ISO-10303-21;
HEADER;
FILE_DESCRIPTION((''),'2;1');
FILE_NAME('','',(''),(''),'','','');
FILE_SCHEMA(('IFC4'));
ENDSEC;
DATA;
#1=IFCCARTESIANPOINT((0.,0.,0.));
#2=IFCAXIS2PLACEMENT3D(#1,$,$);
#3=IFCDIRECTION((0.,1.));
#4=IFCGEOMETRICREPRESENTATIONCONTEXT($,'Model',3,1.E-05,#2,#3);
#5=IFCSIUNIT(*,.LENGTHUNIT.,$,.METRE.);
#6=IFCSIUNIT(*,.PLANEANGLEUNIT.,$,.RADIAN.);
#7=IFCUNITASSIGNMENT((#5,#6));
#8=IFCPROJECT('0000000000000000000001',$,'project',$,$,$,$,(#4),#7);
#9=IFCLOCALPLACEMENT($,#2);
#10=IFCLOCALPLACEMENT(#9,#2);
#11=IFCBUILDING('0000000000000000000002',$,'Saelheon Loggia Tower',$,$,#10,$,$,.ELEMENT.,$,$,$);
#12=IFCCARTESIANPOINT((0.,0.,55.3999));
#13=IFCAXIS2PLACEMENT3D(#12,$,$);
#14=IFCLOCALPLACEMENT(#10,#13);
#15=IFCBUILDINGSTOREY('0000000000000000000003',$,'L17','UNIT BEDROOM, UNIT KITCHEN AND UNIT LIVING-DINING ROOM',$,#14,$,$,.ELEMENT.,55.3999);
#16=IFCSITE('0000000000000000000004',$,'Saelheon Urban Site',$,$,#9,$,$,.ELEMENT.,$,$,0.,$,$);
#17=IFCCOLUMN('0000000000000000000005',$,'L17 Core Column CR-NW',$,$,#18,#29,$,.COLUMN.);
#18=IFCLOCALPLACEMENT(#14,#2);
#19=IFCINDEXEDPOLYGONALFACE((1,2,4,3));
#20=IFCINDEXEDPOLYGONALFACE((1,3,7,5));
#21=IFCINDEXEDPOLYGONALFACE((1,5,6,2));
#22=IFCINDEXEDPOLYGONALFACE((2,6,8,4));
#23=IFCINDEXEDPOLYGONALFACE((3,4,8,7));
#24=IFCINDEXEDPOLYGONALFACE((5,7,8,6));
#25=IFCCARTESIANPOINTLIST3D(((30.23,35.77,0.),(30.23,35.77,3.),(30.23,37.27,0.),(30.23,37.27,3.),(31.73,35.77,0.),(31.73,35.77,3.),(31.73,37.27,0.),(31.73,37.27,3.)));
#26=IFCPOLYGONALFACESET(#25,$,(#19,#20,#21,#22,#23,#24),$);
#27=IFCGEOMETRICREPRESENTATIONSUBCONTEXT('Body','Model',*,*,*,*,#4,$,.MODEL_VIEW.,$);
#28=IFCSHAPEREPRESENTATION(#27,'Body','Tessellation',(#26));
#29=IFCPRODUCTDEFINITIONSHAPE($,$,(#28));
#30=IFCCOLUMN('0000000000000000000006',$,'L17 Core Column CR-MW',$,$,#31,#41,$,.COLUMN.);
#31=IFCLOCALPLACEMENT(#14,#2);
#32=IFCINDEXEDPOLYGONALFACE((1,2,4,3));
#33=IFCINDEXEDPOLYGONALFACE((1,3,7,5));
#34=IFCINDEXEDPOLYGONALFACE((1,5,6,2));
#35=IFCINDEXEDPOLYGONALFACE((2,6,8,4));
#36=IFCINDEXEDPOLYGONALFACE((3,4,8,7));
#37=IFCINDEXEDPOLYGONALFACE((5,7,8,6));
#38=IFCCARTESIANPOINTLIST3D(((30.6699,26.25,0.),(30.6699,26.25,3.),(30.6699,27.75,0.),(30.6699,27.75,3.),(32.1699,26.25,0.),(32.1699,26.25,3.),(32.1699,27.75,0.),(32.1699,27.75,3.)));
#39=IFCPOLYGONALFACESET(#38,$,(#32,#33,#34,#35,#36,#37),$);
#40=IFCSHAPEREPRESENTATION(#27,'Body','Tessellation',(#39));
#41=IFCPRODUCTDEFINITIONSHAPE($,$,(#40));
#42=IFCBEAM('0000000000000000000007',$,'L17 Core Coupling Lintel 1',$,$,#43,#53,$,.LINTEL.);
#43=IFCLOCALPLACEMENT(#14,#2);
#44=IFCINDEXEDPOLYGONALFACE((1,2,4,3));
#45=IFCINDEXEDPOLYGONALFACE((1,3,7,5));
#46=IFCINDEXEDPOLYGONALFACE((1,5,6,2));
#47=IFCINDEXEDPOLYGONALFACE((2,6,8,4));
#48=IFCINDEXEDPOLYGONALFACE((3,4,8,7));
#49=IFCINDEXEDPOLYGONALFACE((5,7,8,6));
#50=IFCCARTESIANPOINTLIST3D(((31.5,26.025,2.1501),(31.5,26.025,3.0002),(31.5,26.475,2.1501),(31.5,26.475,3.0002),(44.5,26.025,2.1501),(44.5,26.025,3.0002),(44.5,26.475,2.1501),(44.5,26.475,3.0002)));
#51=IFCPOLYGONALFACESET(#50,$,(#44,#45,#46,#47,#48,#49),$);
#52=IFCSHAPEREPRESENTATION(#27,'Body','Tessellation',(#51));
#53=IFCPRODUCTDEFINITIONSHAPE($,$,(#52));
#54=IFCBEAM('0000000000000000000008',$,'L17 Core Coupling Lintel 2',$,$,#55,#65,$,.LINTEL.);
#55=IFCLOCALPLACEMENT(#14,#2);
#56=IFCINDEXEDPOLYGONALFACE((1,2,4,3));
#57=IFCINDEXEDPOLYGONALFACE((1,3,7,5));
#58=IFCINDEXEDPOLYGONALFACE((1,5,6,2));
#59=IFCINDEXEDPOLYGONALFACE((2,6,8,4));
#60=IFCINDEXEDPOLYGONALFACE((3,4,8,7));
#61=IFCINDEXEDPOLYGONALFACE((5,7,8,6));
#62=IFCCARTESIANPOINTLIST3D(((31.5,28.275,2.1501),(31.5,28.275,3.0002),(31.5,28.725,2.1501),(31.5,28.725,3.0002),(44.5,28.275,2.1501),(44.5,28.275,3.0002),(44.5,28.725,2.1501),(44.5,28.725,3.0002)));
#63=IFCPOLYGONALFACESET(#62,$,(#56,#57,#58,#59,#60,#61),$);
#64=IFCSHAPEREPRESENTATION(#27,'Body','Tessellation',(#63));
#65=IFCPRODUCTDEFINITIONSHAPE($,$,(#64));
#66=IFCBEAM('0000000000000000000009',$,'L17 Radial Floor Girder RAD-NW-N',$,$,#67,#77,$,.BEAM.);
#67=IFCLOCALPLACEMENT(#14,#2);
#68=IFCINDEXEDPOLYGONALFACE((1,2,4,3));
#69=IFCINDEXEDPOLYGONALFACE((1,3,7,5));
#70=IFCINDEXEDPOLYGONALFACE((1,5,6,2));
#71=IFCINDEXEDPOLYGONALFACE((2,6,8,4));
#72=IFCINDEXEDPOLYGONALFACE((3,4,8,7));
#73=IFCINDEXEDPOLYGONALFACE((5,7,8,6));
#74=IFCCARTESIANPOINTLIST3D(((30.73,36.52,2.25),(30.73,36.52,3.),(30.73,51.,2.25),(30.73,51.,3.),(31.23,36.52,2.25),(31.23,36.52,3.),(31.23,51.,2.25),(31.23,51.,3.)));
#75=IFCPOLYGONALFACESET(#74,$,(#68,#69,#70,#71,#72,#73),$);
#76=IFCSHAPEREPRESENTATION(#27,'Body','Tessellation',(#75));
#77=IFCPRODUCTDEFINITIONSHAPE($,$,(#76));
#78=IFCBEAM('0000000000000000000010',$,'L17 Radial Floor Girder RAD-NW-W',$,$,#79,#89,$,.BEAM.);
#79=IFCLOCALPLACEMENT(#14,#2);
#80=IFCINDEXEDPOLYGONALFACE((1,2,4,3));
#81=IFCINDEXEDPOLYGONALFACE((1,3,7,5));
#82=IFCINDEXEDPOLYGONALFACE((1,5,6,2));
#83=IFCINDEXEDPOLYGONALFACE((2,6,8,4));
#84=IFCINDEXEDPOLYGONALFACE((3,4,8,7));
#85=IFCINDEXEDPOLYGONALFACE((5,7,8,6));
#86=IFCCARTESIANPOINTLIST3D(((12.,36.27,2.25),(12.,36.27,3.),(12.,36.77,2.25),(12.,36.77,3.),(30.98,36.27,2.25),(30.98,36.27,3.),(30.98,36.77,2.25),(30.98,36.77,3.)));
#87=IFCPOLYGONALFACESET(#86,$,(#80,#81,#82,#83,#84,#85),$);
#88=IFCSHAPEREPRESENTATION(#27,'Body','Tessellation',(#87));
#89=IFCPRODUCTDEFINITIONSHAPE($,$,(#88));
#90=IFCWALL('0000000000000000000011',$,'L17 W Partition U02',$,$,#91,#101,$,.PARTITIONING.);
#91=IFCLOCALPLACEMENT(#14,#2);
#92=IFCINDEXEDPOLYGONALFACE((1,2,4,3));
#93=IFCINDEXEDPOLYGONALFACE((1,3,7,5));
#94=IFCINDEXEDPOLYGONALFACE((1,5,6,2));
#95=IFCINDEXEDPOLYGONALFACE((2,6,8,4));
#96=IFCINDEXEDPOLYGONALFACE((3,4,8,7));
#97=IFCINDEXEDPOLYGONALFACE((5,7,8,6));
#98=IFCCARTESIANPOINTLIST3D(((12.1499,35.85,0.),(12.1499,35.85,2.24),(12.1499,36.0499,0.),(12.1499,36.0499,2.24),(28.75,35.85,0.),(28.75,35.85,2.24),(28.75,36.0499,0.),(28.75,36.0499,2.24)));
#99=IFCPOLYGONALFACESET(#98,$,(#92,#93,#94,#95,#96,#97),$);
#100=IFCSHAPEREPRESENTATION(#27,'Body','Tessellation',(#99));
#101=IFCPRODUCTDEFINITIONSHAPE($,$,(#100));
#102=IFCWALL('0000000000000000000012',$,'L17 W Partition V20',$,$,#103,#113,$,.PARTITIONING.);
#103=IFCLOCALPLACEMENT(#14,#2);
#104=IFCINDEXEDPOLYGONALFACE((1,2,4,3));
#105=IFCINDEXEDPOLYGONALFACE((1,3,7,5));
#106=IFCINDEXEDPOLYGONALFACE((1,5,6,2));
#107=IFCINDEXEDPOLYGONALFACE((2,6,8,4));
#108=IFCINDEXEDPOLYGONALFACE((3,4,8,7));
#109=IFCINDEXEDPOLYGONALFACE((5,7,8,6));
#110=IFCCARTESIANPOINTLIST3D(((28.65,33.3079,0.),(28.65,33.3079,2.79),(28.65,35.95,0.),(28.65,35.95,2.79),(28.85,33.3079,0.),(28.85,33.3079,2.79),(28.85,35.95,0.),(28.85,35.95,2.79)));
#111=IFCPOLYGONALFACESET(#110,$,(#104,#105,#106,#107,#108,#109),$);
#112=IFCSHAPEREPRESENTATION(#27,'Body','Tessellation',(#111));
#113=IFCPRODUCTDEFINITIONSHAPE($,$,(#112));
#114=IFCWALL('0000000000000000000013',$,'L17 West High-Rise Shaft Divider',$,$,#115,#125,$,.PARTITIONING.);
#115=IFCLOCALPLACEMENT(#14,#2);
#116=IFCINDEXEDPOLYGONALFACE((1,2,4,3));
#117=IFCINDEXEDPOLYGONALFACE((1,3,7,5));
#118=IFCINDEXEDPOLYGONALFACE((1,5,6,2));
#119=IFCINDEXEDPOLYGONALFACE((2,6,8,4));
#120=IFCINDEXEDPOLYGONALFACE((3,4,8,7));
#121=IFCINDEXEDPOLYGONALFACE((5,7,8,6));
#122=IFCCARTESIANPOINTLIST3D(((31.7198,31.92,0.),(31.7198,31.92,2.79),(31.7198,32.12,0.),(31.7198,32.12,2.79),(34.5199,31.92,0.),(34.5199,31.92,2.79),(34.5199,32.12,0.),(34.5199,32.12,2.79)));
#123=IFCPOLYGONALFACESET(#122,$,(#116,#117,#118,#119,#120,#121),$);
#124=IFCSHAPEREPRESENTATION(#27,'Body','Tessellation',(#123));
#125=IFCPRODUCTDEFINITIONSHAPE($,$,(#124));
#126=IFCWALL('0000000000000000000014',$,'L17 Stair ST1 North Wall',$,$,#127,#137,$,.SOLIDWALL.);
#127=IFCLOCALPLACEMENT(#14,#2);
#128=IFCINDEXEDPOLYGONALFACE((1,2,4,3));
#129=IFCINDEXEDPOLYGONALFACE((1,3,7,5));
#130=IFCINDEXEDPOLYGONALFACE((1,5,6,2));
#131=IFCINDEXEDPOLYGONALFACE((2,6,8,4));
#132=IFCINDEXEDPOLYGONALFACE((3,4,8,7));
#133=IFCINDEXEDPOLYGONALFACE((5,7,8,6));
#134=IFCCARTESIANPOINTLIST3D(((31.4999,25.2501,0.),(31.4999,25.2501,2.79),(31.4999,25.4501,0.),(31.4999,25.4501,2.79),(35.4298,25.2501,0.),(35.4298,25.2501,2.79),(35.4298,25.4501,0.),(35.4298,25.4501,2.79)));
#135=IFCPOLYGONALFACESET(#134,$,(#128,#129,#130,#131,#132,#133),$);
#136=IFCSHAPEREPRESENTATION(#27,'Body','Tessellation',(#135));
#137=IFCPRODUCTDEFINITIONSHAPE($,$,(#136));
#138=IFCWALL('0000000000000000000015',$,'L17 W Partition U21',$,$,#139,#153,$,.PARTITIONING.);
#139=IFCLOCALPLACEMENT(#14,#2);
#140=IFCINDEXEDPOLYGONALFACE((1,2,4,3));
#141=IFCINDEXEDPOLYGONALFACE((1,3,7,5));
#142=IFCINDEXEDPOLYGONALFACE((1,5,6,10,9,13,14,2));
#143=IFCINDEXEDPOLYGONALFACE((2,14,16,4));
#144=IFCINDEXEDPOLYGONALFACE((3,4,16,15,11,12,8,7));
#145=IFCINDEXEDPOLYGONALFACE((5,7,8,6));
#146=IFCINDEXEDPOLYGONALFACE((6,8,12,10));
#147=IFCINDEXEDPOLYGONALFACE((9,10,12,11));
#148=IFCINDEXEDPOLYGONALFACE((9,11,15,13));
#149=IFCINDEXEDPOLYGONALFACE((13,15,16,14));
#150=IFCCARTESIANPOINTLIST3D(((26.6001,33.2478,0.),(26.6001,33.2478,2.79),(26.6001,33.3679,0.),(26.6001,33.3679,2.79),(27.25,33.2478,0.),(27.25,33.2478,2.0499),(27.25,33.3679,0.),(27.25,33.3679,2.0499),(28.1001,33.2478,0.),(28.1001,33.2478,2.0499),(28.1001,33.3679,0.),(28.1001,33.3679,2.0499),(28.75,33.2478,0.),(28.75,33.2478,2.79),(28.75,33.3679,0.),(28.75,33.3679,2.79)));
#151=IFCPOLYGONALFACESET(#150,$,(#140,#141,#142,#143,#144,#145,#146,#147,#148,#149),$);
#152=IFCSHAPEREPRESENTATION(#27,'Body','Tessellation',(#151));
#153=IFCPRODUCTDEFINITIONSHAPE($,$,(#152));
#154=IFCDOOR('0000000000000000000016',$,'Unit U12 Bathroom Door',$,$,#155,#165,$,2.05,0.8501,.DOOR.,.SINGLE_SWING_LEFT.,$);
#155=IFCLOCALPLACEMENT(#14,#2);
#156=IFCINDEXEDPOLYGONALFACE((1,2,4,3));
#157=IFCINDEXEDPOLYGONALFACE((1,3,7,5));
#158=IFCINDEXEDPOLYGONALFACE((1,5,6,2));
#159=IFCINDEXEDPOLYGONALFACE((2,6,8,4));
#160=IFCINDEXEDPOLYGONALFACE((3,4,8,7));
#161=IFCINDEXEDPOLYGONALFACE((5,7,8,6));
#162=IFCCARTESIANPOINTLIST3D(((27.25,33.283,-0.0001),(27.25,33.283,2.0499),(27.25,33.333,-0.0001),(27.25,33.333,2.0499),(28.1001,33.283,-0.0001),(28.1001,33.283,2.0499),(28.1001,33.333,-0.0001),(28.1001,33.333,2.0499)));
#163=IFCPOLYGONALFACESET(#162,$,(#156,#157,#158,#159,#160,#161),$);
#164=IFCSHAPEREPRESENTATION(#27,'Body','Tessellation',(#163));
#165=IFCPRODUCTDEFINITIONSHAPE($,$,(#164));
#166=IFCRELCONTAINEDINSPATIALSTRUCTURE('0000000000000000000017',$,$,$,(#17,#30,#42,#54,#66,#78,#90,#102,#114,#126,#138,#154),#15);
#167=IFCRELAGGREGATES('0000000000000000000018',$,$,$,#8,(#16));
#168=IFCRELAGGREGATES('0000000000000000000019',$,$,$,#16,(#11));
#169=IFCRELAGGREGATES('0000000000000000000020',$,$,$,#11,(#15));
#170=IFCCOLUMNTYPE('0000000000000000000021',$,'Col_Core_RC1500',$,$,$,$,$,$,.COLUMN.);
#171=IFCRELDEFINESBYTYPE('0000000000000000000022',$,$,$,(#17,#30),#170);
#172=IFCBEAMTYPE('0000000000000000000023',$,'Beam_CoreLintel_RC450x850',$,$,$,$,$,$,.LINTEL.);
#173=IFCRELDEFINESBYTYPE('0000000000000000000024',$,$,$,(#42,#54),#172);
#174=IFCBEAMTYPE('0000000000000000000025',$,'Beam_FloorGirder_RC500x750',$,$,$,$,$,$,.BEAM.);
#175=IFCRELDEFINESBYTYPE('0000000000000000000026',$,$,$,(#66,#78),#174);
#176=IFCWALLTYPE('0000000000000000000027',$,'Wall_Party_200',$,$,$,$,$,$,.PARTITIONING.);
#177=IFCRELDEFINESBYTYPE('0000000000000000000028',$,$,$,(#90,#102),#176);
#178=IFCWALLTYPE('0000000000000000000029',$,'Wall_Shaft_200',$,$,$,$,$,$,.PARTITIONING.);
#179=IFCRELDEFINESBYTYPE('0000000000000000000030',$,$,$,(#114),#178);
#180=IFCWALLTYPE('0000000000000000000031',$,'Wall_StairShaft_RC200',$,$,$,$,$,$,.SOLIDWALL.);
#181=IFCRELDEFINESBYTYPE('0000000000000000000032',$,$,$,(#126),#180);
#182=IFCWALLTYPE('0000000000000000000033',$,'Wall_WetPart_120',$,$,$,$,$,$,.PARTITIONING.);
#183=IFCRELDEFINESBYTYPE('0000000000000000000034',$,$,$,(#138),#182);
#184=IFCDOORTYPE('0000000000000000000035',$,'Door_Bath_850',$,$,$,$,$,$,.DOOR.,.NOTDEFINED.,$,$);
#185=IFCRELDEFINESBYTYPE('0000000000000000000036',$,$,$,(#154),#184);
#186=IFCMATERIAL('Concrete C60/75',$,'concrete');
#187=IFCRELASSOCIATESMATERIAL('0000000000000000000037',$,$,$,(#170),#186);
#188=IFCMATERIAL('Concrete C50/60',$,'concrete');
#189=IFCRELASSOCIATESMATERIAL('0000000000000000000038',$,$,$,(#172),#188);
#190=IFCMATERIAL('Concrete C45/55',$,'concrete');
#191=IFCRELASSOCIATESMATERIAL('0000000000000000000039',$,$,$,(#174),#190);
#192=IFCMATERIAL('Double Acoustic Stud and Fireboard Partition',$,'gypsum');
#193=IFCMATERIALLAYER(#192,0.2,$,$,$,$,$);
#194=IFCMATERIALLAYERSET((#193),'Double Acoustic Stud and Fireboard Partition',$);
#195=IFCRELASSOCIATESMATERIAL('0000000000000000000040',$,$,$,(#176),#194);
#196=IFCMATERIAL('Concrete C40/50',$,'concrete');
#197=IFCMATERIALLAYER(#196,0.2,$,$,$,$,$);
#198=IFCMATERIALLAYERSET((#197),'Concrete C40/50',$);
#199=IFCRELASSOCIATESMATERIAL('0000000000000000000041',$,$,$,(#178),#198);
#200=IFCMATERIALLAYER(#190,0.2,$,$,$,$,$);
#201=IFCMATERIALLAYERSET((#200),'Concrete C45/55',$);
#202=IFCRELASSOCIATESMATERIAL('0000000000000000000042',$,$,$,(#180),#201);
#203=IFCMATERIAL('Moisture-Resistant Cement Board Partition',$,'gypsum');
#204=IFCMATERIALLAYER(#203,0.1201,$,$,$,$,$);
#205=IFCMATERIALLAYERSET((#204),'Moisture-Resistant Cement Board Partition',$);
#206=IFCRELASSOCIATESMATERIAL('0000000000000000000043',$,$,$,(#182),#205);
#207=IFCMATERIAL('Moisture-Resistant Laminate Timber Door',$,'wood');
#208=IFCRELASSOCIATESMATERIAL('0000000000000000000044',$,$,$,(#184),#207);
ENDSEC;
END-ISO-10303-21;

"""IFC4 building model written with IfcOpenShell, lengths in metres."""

from ifc_helpers import new_model, si_unit, direction, frame, frame_2d, origin, origin_2d, place, context, subcontext, project, spatial, rectangle, extrude, source, transform, mapped, material, layer, layer_set, material_profile, profile_set, type_object, element, fill, save


model = new_model("IFC4")

# Units and contexts
model_context = context("Model", 3, precision=1e-05, world=origin(), true_north=direction((0.0, 1.0)))
body_context = subcontext(model_context, "Body", "Model", "MODEL_VIEW")
ifc_project = project(units=[si_unit("LENGTHUNIT", "METRE"), si_unit("PLANEANGLEUNIT", "RADIAN")], contexts=[model_context])

# Site, building, storey
site_placement = place(None, origin())
site = spatial("IfcSite", under=ifc_project, at=site_placement, Name="Saelheon Urban Site", CompositionType="ELEMENT", RefElevation=0.0)
building_placement = place(site_placement, origin())
building = spatial("IfcBuilding", under=site, at=building_placement, Name="Saelheon Loggia Tower", CompositionType="ELEMENT")
storey_placement = place(building_placement, frame((0.0, 0.0, 55.3999)))
storey = spatial("IfcBuildingStorey", under=building, at=storey_placement, Name="L17", Description="UNIT BEDROOM, UNIT KITCHEN AND UNIT LIVING-DINING ROOM", CompositionType="ELEMENT", Elevation=55.3999)

# Columns
ifc_material_1 = material(Name="Concrete C60/75", Category="concrete")
ifc_material_profile_1 = material_profile(ifc_material_1, rectangle(XDim=1.5, YDim=1.5, at=origin_2d()), Name="RC-1500x1500")
ifc_profile_set_1 = profile_set([ifc_material_profile_1], Name="Concrete C60/75")
column_type = type_object("IfcColumnType", Name="Col_Core_RC1500", PredefinedType="COLUMN", material=ifc_profile_set_1)
shared_shape_1 = source(origin(), body_context, "Body", "SweptSolid", [
    extrude(rectangle(XDim=1.5, YDim=1.5, at=origin_2d()), origin(), (0.0, 0.0, 1.0), 3.0),
])
for number, where, z_axis, x_axis, name in (
    (1, (30.98, 36.52, 0.0), (0.0, 0.0, 1.0), (1.0, 0.0, 0.0), "L17 Core Column CR-NW"),
    (2, (31.4199, 27.0, 0.0), (0.0, 0.0, 1.0), (1.0, 0.0, 0.0), "L17 Core Column CR-MW"),
):
    element("IfcColumn", number, at=place(storey_placement, frame(where, z_axis=z_axis, x_axis=x_axis)), inside=storey, type_object=column_type, Name=name, PredefinedType="COLUMN", context=body_context, shape_type="MappedRepresentation", body=[
        mapped(shared_shape_1, transform((0.0, 0.0, 0.0), scale=1.0)),
    ])

# Beams
ifc_material_2 = material(Name="Concrete C50/60", Category="concrete")
ifc_material_profile_2 = material_profile(ifc_material_2, rectangle(XDim=0.45, YDim=0.8501, at=origin_2d()), Name="RC-450x850")
ifc_profile_set_2 = profile_set([ifc_material_profile_2], Name="Concrete C50/60")
beam_type_1 = type_object("IfcBeamType", Name="Beam_CoreLintel_RC450x850", PredefinedType="LINTEL", material=ifc_profile_set_2)
shared_shape_2 = source(origin(), body_context, "Body", "SweptSolid", [
    extrude(rectangle(XDim=0.45, YDim=0.8501, at=origin_2d()), origin(), (0.0, 0.0, 1.0), 13.0),
])
for number, where, z_axis, x_axis, name in (
    (3, (31.5, 26.25, 2.5752), (1.0, 0.0, 0.0), (0.0, 1.0, 0.0), "L17 Core Coupling Lintel 1"),
    (4, (31.5, 28.5, 2.5752), (1.0, 0.0, 0.0), (0.0, 1.0, 0.0), "L17 Core Coupling Lintel 2"),
):
    element("IfcBeam", number, at=place(storey_placement, frame(where, z_axis=z_axis, x_axis=x_axis)), inside=storey, type_object=beam_type_1, Name=name, PredefinedType="LINTEL", context=body_context, shape_type="MappedRepresentation", body=[
        mapped(shared_shape_2, transform((0.0, 0.0, 0.0), scale=1.0)),
    ])
ifc_material_3 = material(Name="Concrete C45/55", Category="concrete")
ifc_material_profile_3 = material_profile(ifc_material_3, rectangle(XDim=0.5, YDim=0.75, at=origin_2d()), Name="RC-500x750")
ifc_profile_set_3 = profile_set([ifc_material_profile_3], Name="Concrete C45/55")
beam_type_2 = type_object("IfcBeamType", Name="Beam_FloorGirder_RC500x750", PredefinedType="BEAM", material=ifc_profile_set_3)
shared_shape_3 = source(origin(), body_context, "Body", "SweptSolid", [
    extrude(rectangle(XDim=0.5, YDim=0.75, at=origin_2d()), origin(), (0.0, 0.0, 1.0), 14.48),
])
beam_1_placement = place(storey_placement, frame((30.98, 36.52, 2.625), z_axis=(0.0, 1.0, 0.0), x_axis=(-1.0, 0.0, 0.0)))
element("IfcBeam", 5, at=beam_1_placement, inside=storey, type_object=beam_type_2, Name="L17 Radial Floor Girder RAD-NW-N", PredefinedType="BEAM", context=body_context, shape_type="MappedRepresentation", body=[
    mapped(shared_shape_3, transform((0.0, 0.0, 0.0), scale=1.0)),
])
shared_shape_4 = source(origin(), body_context, "Body", "SweptSolid", [
    extrude(rectangle(XDim=0.5, YDim=0.75, at=origin_2d()), origin(), (0.0, 0.0, 1.0), 18.98),
])
beam_2_placement = place(storey_placement, frame((30.98, 36.52, 2.625), z_axis=(-1.0, 0.0, 0.0), x_axis=(0.0, -1.0, 0.0)))
element("IfcBeam", 6, at=beam_2_placement, inside=storey, type_object=beam_type_2, Name="L17 Radial Floor Girder RAD-NW-W", PredefinedType="BEAM", context=body_context, shape_type="MappedRepresentation", body=[
    mapped(shared_shape_4, transform((0.0, 0.0, 0.0), scale=1.0)),
])

# Wall
ifc_material_4 = material(Name="Double Acoustic Stud and Fireboard Partition", Category="gypsum")
ifc_layer_1 = layer(ifc_material_4, 0.2)
ifc_layer_set_1 = layer_set([ifc_layer_1], Name="Double Acoustic Stud and Fireboard Partition")
wall_type_1 = type_object("IfcWallType", Name="Wall_Party_200", PredefinedType="PARTITIONING", material=ifc_layer_set_1)
wall_1_placement = place(storey_placement, frame((28.75, 35.95, 0.0), z_axis=(0.0, 0.0, 1.0), x_axis=(-1.0, 0.0, 0.0)))
element("IfcWall", 7, at=wall_1_placement, inside=storey, type_object=wall_type_1, Name="L17 W Partition U02", PredefinedType="PARTITIONING", context=body_context, shape_type="SweptSolid", body=[
    extrude(rectangle(XDim=16.6001, YDim=0.2, at=frame_2d((8.3, 0.0))), origin(), (0.0, 0.0, 1.0), 2.24),
])

# Walls
wall_2_placement = place(storey_placement, frame((28.75, 33.3079, 0.0), z_axis=(0.0, 0.0, 1.0), x_axis=(0.0, 1.0, 0.0)))
element("IfcWall", 8, at=wall_2_placement, inside=storey, type_object=wall_type_1, Name="L17 W Partition V20", PredefinedType="PARTITIONING", context=body_context, shape_type="SweptSolid", body=[
    extrude(rectangle(XDim=2.6421, YDim=0.2, at=frame_2d((1.321, 0.0))), origin(), (0.0, 0.0, 1.0), 2.79),
])
ifc_material_5 = material(Name="Concrete C40/50", Category="concrete")
ifc_layer_2 = layer(ifc_material_5, 0.2)
ifc_layer_set_2 = layer_set([ifc_layer_2], Name="Concrete C40/50")
wall_type_2 = type_object("IfcWallType", Name="Wall_Shaft_200", PredefinedType="PARTITIONING", material=ifc_layer_set_2)
wall_3_placement = place(storey_placement, frame((31.72, 32.02, 0.0), z_axis=(0.0, 0.0, 1.0), x_axis=(1.0, 0.0, 0.0)))
element("IfcWall", 9, at=wall_3_placement, inside=storey, type_object=wall_type_2, Name="L17 West High-Rise Shaft Divider", PredefinedType="PARTITIONING", context=body_context, shape_type="SweptSolid", body=[
    extrude(rectangle(XDim=2.8, YDim=0.2, at=frame_2d((1.3999, 0.0))), origin(), (0.0, 0.0, 1.0), 2.79),
])
ifc_layer_3 = layer(ifc_material_3, 0.2)
ifc_layer_set_3 = layer_set([ifc_layer_3], Name="Concrete C45/55")
wall_type_3 = type_object("IfcWallType", Name="Wall_StairShaft_RC200", PredefinedType="SOLIDWALL", material=ifc_layer_set_3)
wall_4_placement = place(storey_placement, frame((31.5, 25.3501, 0.0), z_axis=(0.0, 0.0, 1.0), x_axis=(1.0, 0.0, 0.0)))
element("IfcWall", 10, at=wall_4_placement, inside=storey, type_object=wall_type_3, Name="L17 Stair ST1 North Wall", PredefinedType="SOLIDWALL", context=body_context, shape_type="SweptSolid", body=[
    extrude(rectangle(XDim=3.9299, YDim=0.2, at=frame_2d((1.9648, 0.0))), origin(), (0.0, 0.0, 1.0), 2.79),
])

# Wall, opening, door
ifc_material_6 = material(Name="Moisture-Resistant Cement Board Partition", Category="gypsum")
ifc_layer_4 = layer(ifc_material_6, 0.1201)
ifc_layer_set_4 = layer_set([ifc_layer_4], Name="Moisture-Resistant Cement Board Partition")
wall_type_4 = type_object("IfcWallType", Name="Wall_WetPart_120", PredefinedType="PARTITIONING", material=ifc_layer_set_4)
wall_5_placement = place(storey_placement, frame((28.75, 33.3079, 0.0), z_axis=(0.0, 0.0, 1.0), x_axis=(-1.0, 0.0, 0.0)))
wall_5 = element("IfcWall", 11, at=wall_5_placement, inside=storey, type_object=wall_type_4, Name="L17 W Partition U21", PredefinedType="PARTITIONING", context=body_context, shape_type="SweptSolid", body=[
    extrude(rectangle(XDim=2.1499, YDim=0.1201, at=frame_2d((1.075, 0.0))), origin(), (0.0, 0.0, 1.0), 2.79),
])
opening_1_placement = place(wall_5_placement, frame((0.6499, 0.0, 0.0)))
opening_1 = element("IfcOpeningElement", 12, at=opening_1_placement, cuts=wall_5, PredefinedType="OPENING", context=body_context, shape_type="SweptSolid", body=[
    extrude(rectangle(XDim=0.8501, YDim=2.05, at=frame_2d((0.425, 1.0249))), frame((0.0, 0.072, 0.0), z_axis=(0.0, -1.0, 0.0), x_axis=(1.0, 0.0, 0.0)), (0.0, 0.0, 1.0), 0.144),
])
ifc_material_7 = material(Name="Moisture-Resistant Laminate Timber Door", Category="wood")
door_type_1 = type_object("IfcDoorType", Name="Door_Bath_850", OperationType="NOTDEFINED", PredefinedType="DOOR", material=ifc_material_7)
shared_shape_5 = source(origin(), body_context, "Body", "SweptSolid", [
    extrude(rectangle(XDim=0.8501, YDim=2.05, at=frame_2d((0.425, 1.0249))), frame((0.0, 0.0249, 0.0), z_axis=(0.0, -1.0, 0.0), x_axis=(1.0, 0.0, 0.0)), (0.0, 0.0, 1.0), 0.05),
])
door_1_placement = place(opening_1_placement, origin())
door_1 = element("IfcDoor", 13, at=door_1_placement, inside=storey, type_object=door_type_1, Name="Unit U12 Bathroom Door", OperationType="SINGLE_SWING_LEFT", OverallHeight=2.05, OverallWidth=0.8501, PredefinedType="DOOR", context=body_context, shape_type="MappedRepresentation", body=[
    mapped(shared_shape_5, transform((0.0, 0.0, 0.0), scale=1.0)),
])
fill(opening_1, door_1)

save(model, "model.ifc")
